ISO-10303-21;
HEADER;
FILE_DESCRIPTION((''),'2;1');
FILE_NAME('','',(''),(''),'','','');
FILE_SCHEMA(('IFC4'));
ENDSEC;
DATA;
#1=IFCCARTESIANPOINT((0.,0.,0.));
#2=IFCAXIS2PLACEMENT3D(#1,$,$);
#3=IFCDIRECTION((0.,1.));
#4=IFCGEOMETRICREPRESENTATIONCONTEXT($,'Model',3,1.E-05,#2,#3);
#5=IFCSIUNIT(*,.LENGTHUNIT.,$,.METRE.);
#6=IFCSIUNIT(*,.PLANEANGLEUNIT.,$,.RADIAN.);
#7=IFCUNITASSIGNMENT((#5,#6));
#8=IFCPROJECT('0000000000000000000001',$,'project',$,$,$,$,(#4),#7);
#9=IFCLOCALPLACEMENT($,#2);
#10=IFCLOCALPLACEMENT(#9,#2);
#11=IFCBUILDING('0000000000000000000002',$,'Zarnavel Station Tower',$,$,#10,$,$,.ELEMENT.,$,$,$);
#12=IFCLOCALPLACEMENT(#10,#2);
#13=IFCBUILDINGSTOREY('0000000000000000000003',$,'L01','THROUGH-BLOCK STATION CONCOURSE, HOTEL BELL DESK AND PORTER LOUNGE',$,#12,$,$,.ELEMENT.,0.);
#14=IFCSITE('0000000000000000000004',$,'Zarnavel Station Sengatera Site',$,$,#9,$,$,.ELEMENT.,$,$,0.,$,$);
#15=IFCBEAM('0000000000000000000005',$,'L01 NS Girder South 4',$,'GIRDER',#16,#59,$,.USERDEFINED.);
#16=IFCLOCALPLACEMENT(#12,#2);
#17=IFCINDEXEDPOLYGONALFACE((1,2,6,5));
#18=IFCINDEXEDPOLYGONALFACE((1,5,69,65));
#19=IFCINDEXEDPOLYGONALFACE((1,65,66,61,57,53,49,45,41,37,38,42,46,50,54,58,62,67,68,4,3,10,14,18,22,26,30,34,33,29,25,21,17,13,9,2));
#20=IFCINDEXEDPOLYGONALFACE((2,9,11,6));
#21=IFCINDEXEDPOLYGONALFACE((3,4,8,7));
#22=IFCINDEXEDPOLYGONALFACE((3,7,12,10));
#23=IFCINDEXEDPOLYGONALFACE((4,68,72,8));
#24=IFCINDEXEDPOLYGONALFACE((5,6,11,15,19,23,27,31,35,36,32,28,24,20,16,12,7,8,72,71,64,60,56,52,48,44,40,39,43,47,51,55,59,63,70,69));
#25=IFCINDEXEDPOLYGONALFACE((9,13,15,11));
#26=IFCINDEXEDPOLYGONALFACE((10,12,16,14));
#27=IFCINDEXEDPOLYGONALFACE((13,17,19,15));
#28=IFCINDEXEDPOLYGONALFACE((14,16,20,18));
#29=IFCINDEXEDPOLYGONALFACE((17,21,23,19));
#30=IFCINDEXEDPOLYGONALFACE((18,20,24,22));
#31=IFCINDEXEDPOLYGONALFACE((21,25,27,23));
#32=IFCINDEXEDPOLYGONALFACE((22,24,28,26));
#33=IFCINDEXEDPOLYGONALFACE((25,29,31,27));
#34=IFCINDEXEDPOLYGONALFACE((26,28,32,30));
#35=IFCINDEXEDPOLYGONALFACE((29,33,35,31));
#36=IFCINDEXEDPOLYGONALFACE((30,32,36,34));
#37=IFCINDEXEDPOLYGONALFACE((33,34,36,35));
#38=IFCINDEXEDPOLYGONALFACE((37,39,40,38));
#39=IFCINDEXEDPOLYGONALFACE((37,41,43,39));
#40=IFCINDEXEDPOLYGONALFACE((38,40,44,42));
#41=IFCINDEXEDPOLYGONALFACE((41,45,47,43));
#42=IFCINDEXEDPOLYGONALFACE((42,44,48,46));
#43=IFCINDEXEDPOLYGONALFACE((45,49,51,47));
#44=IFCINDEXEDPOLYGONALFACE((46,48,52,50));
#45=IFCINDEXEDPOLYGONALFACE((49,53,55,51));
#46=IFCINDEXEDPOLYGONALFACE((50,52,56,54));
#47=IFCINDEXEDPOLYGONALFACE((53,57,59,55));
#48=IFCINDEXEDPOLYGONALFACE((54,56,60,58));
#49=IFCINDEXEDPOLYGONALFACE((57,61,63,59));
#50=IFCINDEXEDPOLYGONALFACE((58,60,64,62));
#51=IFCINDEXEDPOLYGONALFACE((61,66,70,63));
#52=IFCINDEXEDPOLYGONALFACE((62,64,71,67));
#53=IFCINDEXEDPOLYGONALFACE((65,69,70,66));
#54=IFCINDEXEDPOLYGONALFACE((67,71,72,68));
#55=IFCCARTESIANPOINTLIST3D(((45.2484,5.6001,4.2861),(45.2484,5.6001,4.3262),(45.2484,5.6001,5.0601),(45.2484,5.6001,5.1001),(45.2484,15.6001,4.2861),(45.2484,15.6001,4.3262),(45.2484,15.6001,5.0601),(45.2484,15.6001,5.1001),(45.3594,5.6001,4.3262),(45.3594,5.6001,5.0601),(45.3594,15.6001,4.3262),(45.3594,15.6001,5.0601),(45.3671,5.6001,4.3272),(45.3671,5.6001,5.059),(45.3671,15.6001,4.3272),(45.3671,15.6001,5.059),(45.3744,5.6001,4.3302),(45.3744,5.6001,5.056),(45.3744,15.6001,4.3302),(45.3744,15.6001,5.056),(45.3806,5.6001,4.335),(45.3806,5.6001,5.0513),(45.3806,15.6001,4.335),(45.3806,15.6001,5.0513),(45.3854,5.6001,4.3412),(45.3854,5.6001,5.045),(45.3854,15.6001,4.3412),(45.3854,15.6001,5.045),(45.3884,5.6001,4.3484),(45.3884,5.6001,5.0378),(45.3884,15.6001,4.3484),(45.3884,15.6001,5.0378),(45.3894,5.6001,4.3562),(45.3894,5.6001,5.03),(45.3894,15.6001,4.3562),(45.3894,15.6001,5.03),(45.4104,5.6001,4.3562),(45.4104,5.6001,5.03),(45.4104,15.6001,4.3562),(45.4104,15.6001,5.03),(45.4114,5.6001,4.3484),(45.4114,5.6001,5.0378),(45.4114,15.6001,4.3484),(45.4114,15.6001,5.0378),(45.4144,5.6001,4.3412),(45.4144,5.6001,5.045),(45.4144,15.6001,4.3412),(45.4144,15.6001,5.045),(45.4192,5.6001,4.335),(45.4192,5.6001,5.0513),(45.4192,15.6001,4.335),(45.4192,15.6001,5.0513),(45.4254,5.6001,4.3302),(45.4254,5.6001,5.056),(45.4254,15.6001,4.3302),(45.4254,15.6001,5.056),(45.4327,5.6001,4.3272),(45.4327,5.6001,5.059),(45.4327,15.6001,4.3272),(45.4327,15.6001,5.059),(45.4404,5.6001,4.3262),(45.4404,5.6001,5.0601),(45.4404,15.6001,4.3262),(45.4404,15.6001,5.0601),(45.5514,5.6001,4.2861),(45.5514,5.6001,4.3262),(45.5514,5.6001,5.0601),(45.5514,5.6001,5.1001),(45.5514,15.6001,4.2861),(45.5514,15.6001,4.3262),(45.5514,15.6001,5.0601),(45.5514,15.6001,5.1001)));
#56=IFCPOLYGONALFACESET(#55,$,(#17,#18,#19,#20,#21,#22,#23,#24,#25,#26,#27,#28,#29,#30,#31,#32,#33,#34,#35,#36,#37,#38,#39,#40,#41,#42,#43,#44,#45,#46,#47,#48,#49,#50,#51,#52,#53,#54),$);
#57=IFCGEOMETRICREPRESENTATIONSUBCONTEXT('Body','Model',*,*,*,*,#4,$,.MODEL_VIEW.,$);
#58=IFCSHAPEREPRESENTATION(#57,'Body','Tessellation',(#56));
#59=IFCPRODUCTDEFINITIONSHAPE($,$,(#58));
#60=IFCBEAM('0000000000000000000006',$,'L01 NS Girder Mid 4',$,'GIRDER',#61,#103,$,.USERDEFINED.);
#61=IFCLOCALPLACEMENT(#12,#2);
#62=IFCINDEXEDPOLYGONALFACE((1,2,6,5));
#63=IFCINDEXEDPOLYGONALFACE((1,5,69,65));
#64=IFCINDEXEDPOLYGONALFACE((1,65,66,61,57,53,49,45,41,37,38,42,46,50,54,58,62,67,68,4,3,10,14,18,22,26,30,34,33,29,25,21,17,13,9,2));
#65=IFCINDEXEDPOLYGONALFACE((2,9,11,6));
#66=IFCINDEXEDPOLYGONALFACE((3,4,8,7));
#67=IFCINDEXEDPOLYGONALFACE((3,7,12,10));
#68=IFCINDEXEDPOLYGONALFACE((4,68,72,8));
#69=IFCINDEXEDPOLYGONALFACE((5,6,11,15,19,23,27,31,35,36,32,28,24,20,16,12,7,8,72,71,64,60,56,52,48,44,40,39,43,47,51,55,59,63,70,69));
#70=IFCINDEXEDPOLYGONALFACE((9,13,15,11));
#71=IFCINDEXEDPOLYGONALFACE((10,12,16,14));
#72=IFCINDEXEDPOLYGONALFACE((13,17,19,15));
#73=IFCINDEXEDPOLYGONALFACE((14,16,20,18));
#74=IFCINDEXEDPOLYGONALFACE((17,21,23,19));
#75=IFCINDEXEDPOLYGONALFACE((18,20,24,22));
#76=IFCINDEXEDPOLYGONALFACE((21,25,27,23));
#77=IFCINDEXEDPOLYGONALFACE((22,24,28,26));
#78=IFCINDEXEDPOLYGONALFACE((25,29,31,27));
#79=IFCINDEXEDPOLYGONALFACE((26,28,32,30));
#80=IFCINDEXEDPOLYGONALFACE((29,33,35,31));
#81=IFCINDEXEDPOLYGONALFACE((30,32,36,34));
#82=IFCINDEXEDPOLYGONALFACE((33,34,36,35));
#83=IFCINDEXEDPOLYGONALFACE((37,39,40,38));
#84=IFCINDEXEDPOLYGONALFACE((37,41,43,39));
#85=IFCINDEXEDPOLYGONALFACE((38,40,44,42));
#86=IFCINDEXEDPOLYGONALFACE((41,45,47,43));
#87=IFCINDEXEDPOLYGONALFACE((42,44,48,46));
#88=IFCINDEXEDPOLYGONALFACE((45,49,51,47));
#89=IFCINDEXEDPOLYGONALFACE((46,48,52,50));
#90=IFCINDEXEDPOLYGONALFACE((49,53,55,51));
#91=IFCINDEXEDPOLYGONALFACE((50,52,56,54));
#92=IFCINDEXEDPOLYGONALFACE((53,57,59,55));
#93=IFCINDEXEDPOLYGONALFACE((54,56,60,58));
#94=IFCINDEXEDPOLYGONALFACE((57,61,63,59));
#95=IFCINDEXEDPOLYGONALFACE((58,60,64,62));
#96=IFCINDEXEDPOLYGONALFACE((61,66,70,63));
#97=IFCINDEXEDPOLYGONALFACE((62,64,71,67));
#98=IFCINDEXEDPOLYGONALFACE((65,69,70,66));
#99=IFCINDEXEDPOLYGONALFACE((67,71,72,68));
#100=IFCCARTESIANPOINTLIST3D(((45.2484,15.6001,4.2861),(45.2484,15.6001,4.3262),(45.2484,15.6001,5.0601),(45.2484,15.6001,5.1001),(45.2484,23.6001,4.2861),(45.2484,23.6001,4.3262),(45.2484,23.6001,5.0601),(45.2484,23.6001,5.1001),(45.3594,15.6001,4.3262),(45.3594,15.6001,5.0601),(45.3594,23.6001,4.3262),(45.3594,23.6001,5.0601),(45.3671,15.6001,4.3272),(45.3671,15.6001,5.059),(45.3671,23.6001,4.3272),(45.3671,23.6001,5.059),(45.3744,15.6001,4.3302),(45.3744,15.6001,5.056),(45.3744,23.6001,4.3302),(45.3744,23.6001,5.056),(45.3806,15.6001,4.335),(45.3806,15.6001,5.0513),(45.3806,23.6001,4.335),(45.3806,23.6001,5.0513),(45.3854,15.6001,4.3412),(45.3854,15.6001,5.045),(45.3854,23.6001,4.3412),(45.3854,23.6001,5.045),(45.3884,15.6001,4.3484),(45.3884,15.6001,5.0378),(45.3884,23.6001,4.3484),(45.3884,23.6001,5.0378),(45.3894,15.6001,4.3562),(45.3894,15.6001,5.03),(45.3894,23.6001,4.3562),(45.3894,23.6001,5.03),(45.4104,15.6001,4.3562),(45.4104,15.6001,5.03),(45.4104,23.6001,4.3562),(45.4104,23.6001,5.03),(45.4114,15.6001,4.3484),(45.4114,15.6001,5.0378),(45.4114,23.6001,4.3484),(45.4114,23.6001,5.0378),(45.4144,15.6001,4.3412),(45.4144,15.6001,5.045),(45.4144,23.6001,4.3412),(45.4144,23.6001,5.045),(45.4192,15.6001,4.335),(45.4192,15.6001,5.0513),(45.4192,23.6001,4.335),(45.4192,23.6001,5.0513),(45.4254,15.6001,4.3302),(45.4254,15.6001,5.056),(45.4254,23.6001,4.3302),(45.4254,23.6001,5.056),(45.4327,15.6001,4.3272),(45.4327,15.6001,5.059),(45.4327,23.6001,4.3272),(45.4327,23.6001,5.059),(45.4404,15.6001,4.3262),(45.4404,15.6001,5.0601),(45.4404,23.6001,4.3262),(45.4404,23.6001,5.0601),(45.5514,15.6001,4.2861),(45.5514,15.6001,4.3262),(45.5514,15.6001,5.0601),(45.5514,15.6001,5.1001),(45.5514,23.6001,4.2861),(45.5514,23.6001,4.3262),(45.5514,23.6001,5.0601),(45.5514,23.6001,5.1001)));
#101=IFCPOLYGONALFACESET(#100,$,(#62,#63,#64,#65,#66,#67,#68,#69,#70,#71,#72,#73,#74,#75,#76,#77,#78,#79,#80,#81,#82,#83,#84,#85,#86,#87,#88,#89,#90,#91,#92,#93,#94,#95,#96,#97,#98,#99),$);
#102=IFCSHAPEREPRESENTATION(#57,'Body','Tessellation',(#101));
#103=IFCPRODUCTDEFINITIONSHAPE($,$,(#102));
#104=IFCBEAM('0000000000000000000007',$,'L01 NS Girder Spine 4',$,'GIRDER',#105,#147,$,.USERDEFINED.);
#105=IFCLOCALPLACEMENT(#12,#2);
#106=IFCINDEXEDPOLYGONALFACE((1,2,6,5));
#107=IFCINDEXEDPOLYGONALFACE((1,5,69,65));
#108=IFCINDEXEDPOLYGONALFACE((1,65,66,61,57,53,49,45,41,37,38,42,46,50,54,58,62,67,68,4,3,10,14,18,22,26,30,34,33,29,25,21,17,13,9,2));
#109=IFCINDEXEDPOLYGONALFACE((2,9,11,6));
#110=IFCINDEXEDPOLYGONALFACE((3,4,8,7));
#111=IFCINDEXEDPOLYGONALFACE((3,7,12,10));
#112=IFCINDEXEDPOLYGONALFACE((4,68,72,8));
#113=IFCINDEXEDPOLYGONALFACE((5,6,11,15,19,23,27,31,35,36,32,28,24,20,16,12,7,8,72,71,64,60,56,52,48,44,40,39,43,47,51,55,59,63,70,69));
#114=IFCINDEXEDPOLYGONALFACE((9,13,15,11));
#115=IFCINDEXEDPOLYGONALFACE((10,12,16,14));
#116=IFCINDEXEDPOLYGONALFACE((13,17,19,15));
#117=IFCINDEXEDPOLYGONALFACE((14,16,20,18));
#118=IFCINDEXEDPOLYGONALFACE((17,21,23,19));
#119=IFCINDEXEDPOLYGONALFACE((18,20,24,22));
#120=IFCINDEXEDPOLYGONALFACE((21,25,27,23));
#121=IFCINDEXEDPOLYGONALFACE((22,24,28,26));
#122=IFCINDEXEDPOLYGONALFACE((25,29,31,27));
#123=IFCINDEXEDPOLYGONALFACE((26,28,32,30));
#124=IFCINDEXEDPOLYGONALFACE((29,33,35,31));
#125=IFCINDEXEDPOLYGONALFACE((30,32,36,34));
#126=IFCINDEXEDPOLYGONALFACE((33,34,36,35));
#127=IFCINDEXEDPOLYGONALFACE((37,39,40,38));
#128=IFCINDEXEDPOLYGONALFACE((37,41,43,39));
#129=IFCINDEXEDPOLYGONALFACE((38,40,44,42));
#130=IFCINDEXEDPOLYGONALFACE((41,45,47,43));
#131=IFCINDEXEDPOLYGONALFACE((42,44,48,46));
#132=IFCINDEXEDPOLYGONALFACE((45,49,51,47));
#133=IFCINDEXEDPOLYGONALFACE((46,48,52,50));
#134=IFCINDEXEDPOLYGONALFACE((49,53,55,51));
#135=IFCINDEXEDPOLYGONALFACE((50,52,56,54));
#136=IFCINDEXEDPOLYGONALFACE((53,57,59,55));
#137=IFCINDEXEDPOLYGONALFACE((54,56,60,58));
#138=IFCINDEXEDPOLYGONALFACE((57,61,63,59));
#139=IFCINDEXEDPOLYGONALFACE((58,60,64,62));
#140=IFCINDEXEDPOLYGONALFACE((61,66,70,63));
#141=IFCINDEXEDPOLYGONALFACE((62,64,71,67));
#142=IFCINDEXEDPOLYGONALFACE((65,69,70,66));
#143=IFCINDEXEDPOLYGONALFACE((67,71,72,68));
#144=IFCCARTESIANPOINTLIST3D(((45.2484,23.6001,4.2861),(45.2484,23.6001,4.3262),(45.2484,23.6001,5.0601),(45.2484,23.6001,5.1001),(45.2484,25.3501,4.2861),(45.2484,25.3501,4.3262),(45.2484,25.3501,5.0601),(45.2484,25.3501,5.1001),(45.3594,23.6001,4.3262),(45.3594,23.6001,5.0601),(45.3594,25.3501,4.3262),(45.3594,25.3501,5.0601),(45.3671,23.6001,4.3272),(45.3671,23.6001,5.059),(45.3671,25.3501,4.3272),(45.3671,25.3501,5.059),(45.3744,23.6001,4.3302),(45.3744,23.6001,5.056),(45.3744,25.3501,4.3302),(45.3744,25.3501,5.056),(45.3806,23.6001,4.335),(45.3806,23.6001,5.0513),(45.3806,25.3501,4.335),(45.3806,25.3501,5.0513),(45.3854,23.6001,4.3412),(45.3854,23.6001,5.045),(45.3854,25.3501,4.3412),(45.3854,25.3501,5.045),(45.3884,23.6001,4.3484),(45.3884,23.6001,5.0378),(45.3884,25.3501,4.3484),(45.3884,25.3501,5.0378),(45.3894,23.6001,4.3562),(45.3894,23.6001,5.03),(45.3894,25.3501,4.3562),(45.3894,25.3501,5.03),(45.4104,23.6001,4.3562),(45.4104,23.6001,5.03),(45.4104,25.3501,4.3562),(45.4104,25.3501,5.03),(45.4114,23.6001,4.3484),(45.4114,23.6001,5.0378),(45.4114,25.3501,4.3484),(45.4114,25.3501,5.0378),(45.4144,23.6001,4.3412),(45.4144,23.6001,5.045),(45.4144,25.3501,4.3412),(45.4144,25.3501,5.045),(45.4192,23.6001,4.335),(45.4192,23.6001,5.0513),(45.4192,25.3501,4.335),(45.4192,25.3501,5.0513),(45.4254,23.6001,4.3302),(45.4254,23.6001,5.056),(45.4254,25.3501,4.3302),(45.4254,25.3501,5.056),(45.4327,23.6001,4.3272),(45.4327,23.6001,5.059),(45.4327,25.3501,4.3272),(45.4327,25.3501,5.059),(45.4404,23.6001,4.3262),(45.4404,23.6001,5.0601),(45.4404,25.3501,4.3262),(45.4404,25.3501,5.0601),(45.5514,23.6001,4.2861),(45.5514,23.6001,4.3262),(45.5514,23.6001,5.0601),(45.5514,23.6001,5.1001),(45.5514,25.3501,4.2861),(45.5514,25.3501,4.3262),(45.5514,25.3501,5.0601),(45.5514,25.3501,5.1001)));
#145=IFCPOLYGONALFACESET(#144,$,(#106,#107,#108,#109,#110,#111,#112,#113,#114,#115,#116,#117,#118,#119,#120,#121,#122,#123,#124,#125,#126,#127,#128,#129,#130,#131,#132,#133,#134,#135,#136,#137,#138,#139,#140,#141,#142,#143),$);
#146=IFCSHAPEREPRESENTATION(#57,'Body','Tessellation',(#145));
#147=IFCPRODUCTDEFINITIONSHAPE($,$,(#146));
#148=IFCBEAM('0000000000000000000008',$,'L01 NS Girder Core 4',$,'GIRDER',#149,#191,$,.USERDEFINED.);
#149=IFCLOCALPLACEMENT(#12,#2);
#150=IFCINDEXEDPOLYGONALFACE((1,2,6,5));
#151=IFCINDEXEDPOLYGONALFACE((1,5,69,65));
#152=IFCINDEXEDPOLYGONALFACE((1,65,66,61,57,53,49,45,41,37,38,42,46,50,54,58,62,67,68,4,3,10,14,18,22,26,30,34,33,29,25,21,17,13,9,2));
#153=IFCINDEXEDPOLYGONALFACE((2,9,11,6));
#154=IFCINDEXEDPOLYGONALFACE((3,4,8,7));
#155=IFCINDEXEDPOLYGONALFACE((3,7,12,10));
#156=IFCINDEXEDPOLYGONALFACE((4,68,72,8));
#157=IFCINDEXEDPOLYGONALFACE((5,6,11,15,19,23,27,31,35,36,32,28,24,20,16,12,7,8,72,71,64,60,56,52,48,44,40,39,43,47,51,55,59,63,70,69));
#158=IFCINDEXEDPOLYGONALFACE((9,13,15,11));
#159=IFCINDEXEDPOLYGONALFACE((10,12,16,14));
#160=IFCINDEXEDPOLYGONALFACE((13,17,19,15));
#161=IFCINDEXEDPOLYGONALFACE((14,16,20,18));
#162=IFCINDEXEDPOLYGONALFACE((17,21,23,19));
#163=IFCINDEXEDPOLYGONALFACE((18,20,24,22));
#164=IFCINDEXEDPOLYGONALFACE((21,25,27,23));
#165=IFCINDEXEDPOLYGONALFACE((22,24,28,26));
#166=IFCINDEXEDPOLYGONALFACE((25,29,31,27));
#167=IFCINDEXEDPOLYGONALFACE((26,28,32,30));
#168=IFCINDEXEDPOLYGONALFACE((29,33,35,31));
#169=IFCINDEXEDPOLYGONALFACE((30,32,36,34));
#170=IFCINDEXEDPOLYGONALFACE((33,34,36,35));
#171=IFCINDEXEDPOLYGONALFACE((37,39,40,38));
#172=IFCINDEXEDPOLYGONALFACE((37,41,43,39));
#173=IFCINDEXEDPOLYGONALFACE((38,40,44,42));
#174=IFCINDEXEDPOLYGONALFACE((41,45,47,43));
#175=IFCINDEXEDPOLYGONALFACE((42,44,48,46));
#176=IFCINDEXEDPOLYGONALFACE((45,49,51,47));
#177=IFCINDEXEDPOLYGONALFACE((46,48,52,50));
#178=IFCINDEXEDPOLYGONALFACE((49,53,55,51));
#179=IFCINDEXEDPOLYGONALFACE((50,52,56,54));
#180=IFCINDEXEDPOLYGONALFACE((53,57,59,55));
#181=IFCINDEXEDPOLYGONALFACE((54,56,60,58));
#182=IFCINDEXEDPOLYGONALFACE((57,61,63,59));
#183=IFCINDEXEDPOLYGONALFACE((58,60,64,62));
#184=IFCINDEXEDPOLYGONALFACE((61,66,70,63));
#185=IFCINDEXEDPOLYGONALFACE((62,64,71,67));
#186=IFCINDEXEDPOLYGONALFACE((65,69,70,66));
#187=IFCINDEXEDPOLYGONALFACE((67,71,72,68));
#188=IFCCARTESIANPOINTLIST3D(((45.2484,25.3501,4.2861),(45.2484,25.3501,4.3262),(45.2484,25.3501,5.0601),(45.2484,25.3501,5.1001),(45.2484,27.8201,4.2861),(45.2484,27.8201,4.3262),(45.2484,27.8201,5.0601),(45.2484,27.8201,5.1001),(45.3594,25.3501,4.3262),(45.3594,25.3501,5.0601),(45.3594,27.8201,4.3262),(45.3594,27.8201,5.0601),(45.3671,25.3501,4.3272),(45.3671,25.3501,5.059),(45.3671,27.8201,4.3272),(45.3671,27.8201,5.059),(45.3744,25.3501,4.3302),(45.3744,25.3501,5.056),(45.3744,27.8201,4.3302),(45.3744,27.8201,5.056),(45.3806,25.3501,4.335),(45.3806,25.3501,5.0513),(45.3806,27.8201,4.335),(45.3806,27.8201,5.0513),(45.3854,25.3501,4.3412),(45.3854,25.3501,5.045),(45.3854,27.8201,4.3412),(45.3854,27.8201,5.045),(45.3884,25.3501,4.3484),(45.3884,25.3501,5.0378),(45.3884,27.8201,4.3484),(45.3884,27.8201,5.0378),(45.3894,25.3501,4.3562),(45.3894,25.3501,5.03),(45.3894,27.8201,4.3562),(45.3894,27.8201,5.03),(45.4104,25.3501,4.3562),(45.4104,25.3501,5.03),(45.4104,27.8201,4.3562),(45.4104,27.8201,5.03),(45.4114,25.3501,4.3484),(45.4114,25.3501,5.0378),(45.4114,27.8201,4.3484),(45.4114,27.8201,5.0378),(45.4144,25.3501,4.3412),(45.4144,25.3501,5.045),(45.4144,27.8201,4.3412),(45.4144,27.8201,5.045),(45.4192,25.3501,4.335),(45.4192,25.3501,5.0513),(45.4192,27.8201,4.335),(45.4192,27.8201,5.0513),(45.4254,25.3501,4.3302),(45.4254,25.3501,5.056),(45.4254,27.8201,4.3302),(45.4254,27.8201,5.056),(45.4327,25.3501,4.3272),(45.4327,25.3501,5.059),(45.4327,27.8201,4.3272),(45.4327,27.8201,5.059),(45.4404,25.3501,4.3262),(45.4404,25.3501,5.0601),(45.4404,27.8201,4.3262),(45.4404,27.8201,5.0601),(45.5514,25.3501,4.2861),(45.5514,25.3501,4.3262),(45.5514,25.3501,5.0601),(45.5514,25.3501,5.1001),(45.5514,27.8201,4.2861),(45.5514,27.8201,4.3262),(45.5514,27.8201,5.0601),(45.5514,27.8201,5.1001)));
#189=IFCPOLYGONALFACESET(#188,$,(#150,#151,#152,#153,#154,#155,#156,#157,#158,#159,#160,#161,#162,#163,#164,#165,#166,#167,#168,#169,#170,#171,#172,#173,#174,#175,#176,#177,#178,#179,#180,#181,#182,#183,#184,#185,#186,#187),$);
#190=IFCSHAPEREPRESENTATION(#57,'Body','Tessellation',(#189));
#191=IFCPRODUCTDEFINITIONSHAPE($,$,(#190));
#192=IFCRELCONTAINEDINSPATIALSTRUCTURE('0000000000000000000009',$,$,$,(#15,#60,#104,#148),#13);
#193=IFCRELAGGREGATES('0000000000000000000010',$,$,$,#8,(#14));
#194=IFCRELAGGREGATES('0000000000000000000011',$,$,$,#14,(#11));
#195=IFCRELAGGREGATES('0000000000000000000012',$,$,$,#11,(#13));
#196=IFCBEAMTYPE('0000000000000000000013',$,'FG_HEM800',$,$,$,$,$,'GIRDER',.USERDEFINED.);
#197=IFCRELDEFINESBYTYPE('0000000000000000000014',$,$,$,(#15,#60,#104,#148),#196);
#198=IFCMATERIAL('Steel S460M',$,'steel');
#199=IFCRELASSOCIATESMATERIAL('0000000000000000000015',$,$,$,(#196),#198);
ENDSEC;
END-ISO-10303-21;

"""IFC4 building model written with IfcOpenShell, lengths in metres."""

from ifc_helpers import new_model, si_unit, direction, frame, origin, origin_2d, place, context, subcontext, project, spatial, i_section, extrude, material, material_profile, profile_set, type_object, element, save


model = new_model("IFC4")

# Units and contexts
model_context = context("Model", 3, precision=1e-05, world=origin(), true_north=direction((0.0, 1.0)))
body_context = subcontext(model_context, "Body", "Model", "MODEL_VIEW")
ifc_project = project(units=[si_unit("LENGTHUNIT", "METRE"), si_unit("PLANEANGLEUNIT", "RADIAN")], contexts=[model_context])

# Site, building, storey
site_placement = place(None, origin())
site = spatial("IfcSite", under=ifc_project, at=site_placement, Name="Zarnavel Station Sengatera Site", CompositionType="ELEMENT", RefElevation=0.0)
building_placement = place(site_placement, origin())
building = spatial("IfcBuilding", under=site, at=building_placement, Name="Zarnavel Station Tower", CompositionType="ELEMENT")
storey_placement = place(building_placement, origin())
storey = spatial("IfcBuildingStorey", under=building, at=storey_placement, Name="L01", Description="THROUGH-BLOCK STATION CONCOURSE, HOTEL BELL DESK AND PORTER LOUNGE", CompositionType="ELEMENT", Elevation=0.0)

# Beams
ifc_material_1 = material(Name="Steel S460M", Category="steel")
ifc_material_profile_1 = material_profile(ifc_material_1, i_section(OverallWidth=0.303, OverallDepth=0.814, WebThickness=0.021, FlangeThickness=0.04, FilletRadius=0.03, at=origin_2d()), Name="HEM800")
ifc_profile_set_1 = profile_set([ifc_material_profile_1], Name="Steel S460M")
beam_type_1 = type_object("IfcBeamType", Name="FG_HEM800", ElementType="GIRDER", PredefinedType="USERDEFINED", material=ifc_profile_set_1)
beam_1_placement = place(storey_placement, frame((45.3999, 5.6001, 4.6931), z_axis=(0.0, 1.0, 0.0), x_axis=(-1.0, 0.0, 0.0)))
element("IfcBeam", 1, at=beam_1_placement, inside=storey, type_object=beam_type_1, Name="L01 NS Girder South 4", ObjectType="GIRDER", PredefinedType="USERDEFINED", context=body_context, shape_type="SweptSolid", body=[
    extrude(i_section(OverallWidth=0.303, OverallDepth=0.814, WebThickness=0.021, FlangeThickness=0.04, FilletRadius=0.03, at=origin_2d()), origin(), (0.0, 0.0, 1.0), 10.0),
])
beam_2_placement = place(storey_placement, frame((45.3999, 15.6001, 4.6931), z_axis=(0.0, 1.0, 0.0), x_axis=(-1.0, 0.0, 0.0)))
element("IfcBeam", 2, at=beam_2_placement, inside=storey, type_object=beam_type_1, Name="L01 NS Girder Mid 4", ObjectType="GIRDER", PredefinedType="USERDEFINED", context=body_context, shape_type="SweptSolid", body=[
    extrude(i_section(OverallWidth=0.303, OverallDepth=0.814, WebThickness=0.021, FlangeThickness=0.04, FilletRadius=0.03, at=origin_2d()), origin(), (0.0, 0.0, 1.0), 8.0),
])
beam_3_placement = place(storey_placement, frame((45.3999, 23.6001, 4.6931), z_axis=(0.0, 1.0, 0.0), x_axis=(-1.0, 0.0, 0.0)))
element("IfcBeam", 3, at=beam_3_placement, inside=storey, type_object=beam_type_1, Name="L01 NS Girder Spine 4", ObjectType="GIRDER", PredefinedType="USERDEFINED", context=body_context, shape_type="SweptSolid", body=[
    extrude(i_section(OverallWidth=0.303, OverallDepth=0.814, WebThickness=0.021, FlangeThickness=0.04, FilletRadius=0.03, at=origin_2d()), origin(), (0.0, 0.0, 1.0), 1.75),
])
beam_4_placement = place(storey_placement, frame((45.3999, 25.3501, 4.6931), z_axis=(0.0, 1.0, 0.0), x_axis=(-1.0, 0.0, 0.0)))
element("IfcBeam", 4, at=beam_4_placement, inside=storey, type_object=beam_type_1, Name="L01 NS Girder Core 4", ObjectType="GIRDER", PredefinedType="USERDEFINED", context=body_context, shape_type="SweptSolid", body=[
    extrude(i_section(OverallWidth=0.303, OverallDepth=0.814, WebThickness=0.021, FlangeThickness=0.04, FilletRadius=0.03, at=origin_2d()), origin(), (0.0, 0.0, 1.0), 2.47),
])

save(model, "model.ifc")
